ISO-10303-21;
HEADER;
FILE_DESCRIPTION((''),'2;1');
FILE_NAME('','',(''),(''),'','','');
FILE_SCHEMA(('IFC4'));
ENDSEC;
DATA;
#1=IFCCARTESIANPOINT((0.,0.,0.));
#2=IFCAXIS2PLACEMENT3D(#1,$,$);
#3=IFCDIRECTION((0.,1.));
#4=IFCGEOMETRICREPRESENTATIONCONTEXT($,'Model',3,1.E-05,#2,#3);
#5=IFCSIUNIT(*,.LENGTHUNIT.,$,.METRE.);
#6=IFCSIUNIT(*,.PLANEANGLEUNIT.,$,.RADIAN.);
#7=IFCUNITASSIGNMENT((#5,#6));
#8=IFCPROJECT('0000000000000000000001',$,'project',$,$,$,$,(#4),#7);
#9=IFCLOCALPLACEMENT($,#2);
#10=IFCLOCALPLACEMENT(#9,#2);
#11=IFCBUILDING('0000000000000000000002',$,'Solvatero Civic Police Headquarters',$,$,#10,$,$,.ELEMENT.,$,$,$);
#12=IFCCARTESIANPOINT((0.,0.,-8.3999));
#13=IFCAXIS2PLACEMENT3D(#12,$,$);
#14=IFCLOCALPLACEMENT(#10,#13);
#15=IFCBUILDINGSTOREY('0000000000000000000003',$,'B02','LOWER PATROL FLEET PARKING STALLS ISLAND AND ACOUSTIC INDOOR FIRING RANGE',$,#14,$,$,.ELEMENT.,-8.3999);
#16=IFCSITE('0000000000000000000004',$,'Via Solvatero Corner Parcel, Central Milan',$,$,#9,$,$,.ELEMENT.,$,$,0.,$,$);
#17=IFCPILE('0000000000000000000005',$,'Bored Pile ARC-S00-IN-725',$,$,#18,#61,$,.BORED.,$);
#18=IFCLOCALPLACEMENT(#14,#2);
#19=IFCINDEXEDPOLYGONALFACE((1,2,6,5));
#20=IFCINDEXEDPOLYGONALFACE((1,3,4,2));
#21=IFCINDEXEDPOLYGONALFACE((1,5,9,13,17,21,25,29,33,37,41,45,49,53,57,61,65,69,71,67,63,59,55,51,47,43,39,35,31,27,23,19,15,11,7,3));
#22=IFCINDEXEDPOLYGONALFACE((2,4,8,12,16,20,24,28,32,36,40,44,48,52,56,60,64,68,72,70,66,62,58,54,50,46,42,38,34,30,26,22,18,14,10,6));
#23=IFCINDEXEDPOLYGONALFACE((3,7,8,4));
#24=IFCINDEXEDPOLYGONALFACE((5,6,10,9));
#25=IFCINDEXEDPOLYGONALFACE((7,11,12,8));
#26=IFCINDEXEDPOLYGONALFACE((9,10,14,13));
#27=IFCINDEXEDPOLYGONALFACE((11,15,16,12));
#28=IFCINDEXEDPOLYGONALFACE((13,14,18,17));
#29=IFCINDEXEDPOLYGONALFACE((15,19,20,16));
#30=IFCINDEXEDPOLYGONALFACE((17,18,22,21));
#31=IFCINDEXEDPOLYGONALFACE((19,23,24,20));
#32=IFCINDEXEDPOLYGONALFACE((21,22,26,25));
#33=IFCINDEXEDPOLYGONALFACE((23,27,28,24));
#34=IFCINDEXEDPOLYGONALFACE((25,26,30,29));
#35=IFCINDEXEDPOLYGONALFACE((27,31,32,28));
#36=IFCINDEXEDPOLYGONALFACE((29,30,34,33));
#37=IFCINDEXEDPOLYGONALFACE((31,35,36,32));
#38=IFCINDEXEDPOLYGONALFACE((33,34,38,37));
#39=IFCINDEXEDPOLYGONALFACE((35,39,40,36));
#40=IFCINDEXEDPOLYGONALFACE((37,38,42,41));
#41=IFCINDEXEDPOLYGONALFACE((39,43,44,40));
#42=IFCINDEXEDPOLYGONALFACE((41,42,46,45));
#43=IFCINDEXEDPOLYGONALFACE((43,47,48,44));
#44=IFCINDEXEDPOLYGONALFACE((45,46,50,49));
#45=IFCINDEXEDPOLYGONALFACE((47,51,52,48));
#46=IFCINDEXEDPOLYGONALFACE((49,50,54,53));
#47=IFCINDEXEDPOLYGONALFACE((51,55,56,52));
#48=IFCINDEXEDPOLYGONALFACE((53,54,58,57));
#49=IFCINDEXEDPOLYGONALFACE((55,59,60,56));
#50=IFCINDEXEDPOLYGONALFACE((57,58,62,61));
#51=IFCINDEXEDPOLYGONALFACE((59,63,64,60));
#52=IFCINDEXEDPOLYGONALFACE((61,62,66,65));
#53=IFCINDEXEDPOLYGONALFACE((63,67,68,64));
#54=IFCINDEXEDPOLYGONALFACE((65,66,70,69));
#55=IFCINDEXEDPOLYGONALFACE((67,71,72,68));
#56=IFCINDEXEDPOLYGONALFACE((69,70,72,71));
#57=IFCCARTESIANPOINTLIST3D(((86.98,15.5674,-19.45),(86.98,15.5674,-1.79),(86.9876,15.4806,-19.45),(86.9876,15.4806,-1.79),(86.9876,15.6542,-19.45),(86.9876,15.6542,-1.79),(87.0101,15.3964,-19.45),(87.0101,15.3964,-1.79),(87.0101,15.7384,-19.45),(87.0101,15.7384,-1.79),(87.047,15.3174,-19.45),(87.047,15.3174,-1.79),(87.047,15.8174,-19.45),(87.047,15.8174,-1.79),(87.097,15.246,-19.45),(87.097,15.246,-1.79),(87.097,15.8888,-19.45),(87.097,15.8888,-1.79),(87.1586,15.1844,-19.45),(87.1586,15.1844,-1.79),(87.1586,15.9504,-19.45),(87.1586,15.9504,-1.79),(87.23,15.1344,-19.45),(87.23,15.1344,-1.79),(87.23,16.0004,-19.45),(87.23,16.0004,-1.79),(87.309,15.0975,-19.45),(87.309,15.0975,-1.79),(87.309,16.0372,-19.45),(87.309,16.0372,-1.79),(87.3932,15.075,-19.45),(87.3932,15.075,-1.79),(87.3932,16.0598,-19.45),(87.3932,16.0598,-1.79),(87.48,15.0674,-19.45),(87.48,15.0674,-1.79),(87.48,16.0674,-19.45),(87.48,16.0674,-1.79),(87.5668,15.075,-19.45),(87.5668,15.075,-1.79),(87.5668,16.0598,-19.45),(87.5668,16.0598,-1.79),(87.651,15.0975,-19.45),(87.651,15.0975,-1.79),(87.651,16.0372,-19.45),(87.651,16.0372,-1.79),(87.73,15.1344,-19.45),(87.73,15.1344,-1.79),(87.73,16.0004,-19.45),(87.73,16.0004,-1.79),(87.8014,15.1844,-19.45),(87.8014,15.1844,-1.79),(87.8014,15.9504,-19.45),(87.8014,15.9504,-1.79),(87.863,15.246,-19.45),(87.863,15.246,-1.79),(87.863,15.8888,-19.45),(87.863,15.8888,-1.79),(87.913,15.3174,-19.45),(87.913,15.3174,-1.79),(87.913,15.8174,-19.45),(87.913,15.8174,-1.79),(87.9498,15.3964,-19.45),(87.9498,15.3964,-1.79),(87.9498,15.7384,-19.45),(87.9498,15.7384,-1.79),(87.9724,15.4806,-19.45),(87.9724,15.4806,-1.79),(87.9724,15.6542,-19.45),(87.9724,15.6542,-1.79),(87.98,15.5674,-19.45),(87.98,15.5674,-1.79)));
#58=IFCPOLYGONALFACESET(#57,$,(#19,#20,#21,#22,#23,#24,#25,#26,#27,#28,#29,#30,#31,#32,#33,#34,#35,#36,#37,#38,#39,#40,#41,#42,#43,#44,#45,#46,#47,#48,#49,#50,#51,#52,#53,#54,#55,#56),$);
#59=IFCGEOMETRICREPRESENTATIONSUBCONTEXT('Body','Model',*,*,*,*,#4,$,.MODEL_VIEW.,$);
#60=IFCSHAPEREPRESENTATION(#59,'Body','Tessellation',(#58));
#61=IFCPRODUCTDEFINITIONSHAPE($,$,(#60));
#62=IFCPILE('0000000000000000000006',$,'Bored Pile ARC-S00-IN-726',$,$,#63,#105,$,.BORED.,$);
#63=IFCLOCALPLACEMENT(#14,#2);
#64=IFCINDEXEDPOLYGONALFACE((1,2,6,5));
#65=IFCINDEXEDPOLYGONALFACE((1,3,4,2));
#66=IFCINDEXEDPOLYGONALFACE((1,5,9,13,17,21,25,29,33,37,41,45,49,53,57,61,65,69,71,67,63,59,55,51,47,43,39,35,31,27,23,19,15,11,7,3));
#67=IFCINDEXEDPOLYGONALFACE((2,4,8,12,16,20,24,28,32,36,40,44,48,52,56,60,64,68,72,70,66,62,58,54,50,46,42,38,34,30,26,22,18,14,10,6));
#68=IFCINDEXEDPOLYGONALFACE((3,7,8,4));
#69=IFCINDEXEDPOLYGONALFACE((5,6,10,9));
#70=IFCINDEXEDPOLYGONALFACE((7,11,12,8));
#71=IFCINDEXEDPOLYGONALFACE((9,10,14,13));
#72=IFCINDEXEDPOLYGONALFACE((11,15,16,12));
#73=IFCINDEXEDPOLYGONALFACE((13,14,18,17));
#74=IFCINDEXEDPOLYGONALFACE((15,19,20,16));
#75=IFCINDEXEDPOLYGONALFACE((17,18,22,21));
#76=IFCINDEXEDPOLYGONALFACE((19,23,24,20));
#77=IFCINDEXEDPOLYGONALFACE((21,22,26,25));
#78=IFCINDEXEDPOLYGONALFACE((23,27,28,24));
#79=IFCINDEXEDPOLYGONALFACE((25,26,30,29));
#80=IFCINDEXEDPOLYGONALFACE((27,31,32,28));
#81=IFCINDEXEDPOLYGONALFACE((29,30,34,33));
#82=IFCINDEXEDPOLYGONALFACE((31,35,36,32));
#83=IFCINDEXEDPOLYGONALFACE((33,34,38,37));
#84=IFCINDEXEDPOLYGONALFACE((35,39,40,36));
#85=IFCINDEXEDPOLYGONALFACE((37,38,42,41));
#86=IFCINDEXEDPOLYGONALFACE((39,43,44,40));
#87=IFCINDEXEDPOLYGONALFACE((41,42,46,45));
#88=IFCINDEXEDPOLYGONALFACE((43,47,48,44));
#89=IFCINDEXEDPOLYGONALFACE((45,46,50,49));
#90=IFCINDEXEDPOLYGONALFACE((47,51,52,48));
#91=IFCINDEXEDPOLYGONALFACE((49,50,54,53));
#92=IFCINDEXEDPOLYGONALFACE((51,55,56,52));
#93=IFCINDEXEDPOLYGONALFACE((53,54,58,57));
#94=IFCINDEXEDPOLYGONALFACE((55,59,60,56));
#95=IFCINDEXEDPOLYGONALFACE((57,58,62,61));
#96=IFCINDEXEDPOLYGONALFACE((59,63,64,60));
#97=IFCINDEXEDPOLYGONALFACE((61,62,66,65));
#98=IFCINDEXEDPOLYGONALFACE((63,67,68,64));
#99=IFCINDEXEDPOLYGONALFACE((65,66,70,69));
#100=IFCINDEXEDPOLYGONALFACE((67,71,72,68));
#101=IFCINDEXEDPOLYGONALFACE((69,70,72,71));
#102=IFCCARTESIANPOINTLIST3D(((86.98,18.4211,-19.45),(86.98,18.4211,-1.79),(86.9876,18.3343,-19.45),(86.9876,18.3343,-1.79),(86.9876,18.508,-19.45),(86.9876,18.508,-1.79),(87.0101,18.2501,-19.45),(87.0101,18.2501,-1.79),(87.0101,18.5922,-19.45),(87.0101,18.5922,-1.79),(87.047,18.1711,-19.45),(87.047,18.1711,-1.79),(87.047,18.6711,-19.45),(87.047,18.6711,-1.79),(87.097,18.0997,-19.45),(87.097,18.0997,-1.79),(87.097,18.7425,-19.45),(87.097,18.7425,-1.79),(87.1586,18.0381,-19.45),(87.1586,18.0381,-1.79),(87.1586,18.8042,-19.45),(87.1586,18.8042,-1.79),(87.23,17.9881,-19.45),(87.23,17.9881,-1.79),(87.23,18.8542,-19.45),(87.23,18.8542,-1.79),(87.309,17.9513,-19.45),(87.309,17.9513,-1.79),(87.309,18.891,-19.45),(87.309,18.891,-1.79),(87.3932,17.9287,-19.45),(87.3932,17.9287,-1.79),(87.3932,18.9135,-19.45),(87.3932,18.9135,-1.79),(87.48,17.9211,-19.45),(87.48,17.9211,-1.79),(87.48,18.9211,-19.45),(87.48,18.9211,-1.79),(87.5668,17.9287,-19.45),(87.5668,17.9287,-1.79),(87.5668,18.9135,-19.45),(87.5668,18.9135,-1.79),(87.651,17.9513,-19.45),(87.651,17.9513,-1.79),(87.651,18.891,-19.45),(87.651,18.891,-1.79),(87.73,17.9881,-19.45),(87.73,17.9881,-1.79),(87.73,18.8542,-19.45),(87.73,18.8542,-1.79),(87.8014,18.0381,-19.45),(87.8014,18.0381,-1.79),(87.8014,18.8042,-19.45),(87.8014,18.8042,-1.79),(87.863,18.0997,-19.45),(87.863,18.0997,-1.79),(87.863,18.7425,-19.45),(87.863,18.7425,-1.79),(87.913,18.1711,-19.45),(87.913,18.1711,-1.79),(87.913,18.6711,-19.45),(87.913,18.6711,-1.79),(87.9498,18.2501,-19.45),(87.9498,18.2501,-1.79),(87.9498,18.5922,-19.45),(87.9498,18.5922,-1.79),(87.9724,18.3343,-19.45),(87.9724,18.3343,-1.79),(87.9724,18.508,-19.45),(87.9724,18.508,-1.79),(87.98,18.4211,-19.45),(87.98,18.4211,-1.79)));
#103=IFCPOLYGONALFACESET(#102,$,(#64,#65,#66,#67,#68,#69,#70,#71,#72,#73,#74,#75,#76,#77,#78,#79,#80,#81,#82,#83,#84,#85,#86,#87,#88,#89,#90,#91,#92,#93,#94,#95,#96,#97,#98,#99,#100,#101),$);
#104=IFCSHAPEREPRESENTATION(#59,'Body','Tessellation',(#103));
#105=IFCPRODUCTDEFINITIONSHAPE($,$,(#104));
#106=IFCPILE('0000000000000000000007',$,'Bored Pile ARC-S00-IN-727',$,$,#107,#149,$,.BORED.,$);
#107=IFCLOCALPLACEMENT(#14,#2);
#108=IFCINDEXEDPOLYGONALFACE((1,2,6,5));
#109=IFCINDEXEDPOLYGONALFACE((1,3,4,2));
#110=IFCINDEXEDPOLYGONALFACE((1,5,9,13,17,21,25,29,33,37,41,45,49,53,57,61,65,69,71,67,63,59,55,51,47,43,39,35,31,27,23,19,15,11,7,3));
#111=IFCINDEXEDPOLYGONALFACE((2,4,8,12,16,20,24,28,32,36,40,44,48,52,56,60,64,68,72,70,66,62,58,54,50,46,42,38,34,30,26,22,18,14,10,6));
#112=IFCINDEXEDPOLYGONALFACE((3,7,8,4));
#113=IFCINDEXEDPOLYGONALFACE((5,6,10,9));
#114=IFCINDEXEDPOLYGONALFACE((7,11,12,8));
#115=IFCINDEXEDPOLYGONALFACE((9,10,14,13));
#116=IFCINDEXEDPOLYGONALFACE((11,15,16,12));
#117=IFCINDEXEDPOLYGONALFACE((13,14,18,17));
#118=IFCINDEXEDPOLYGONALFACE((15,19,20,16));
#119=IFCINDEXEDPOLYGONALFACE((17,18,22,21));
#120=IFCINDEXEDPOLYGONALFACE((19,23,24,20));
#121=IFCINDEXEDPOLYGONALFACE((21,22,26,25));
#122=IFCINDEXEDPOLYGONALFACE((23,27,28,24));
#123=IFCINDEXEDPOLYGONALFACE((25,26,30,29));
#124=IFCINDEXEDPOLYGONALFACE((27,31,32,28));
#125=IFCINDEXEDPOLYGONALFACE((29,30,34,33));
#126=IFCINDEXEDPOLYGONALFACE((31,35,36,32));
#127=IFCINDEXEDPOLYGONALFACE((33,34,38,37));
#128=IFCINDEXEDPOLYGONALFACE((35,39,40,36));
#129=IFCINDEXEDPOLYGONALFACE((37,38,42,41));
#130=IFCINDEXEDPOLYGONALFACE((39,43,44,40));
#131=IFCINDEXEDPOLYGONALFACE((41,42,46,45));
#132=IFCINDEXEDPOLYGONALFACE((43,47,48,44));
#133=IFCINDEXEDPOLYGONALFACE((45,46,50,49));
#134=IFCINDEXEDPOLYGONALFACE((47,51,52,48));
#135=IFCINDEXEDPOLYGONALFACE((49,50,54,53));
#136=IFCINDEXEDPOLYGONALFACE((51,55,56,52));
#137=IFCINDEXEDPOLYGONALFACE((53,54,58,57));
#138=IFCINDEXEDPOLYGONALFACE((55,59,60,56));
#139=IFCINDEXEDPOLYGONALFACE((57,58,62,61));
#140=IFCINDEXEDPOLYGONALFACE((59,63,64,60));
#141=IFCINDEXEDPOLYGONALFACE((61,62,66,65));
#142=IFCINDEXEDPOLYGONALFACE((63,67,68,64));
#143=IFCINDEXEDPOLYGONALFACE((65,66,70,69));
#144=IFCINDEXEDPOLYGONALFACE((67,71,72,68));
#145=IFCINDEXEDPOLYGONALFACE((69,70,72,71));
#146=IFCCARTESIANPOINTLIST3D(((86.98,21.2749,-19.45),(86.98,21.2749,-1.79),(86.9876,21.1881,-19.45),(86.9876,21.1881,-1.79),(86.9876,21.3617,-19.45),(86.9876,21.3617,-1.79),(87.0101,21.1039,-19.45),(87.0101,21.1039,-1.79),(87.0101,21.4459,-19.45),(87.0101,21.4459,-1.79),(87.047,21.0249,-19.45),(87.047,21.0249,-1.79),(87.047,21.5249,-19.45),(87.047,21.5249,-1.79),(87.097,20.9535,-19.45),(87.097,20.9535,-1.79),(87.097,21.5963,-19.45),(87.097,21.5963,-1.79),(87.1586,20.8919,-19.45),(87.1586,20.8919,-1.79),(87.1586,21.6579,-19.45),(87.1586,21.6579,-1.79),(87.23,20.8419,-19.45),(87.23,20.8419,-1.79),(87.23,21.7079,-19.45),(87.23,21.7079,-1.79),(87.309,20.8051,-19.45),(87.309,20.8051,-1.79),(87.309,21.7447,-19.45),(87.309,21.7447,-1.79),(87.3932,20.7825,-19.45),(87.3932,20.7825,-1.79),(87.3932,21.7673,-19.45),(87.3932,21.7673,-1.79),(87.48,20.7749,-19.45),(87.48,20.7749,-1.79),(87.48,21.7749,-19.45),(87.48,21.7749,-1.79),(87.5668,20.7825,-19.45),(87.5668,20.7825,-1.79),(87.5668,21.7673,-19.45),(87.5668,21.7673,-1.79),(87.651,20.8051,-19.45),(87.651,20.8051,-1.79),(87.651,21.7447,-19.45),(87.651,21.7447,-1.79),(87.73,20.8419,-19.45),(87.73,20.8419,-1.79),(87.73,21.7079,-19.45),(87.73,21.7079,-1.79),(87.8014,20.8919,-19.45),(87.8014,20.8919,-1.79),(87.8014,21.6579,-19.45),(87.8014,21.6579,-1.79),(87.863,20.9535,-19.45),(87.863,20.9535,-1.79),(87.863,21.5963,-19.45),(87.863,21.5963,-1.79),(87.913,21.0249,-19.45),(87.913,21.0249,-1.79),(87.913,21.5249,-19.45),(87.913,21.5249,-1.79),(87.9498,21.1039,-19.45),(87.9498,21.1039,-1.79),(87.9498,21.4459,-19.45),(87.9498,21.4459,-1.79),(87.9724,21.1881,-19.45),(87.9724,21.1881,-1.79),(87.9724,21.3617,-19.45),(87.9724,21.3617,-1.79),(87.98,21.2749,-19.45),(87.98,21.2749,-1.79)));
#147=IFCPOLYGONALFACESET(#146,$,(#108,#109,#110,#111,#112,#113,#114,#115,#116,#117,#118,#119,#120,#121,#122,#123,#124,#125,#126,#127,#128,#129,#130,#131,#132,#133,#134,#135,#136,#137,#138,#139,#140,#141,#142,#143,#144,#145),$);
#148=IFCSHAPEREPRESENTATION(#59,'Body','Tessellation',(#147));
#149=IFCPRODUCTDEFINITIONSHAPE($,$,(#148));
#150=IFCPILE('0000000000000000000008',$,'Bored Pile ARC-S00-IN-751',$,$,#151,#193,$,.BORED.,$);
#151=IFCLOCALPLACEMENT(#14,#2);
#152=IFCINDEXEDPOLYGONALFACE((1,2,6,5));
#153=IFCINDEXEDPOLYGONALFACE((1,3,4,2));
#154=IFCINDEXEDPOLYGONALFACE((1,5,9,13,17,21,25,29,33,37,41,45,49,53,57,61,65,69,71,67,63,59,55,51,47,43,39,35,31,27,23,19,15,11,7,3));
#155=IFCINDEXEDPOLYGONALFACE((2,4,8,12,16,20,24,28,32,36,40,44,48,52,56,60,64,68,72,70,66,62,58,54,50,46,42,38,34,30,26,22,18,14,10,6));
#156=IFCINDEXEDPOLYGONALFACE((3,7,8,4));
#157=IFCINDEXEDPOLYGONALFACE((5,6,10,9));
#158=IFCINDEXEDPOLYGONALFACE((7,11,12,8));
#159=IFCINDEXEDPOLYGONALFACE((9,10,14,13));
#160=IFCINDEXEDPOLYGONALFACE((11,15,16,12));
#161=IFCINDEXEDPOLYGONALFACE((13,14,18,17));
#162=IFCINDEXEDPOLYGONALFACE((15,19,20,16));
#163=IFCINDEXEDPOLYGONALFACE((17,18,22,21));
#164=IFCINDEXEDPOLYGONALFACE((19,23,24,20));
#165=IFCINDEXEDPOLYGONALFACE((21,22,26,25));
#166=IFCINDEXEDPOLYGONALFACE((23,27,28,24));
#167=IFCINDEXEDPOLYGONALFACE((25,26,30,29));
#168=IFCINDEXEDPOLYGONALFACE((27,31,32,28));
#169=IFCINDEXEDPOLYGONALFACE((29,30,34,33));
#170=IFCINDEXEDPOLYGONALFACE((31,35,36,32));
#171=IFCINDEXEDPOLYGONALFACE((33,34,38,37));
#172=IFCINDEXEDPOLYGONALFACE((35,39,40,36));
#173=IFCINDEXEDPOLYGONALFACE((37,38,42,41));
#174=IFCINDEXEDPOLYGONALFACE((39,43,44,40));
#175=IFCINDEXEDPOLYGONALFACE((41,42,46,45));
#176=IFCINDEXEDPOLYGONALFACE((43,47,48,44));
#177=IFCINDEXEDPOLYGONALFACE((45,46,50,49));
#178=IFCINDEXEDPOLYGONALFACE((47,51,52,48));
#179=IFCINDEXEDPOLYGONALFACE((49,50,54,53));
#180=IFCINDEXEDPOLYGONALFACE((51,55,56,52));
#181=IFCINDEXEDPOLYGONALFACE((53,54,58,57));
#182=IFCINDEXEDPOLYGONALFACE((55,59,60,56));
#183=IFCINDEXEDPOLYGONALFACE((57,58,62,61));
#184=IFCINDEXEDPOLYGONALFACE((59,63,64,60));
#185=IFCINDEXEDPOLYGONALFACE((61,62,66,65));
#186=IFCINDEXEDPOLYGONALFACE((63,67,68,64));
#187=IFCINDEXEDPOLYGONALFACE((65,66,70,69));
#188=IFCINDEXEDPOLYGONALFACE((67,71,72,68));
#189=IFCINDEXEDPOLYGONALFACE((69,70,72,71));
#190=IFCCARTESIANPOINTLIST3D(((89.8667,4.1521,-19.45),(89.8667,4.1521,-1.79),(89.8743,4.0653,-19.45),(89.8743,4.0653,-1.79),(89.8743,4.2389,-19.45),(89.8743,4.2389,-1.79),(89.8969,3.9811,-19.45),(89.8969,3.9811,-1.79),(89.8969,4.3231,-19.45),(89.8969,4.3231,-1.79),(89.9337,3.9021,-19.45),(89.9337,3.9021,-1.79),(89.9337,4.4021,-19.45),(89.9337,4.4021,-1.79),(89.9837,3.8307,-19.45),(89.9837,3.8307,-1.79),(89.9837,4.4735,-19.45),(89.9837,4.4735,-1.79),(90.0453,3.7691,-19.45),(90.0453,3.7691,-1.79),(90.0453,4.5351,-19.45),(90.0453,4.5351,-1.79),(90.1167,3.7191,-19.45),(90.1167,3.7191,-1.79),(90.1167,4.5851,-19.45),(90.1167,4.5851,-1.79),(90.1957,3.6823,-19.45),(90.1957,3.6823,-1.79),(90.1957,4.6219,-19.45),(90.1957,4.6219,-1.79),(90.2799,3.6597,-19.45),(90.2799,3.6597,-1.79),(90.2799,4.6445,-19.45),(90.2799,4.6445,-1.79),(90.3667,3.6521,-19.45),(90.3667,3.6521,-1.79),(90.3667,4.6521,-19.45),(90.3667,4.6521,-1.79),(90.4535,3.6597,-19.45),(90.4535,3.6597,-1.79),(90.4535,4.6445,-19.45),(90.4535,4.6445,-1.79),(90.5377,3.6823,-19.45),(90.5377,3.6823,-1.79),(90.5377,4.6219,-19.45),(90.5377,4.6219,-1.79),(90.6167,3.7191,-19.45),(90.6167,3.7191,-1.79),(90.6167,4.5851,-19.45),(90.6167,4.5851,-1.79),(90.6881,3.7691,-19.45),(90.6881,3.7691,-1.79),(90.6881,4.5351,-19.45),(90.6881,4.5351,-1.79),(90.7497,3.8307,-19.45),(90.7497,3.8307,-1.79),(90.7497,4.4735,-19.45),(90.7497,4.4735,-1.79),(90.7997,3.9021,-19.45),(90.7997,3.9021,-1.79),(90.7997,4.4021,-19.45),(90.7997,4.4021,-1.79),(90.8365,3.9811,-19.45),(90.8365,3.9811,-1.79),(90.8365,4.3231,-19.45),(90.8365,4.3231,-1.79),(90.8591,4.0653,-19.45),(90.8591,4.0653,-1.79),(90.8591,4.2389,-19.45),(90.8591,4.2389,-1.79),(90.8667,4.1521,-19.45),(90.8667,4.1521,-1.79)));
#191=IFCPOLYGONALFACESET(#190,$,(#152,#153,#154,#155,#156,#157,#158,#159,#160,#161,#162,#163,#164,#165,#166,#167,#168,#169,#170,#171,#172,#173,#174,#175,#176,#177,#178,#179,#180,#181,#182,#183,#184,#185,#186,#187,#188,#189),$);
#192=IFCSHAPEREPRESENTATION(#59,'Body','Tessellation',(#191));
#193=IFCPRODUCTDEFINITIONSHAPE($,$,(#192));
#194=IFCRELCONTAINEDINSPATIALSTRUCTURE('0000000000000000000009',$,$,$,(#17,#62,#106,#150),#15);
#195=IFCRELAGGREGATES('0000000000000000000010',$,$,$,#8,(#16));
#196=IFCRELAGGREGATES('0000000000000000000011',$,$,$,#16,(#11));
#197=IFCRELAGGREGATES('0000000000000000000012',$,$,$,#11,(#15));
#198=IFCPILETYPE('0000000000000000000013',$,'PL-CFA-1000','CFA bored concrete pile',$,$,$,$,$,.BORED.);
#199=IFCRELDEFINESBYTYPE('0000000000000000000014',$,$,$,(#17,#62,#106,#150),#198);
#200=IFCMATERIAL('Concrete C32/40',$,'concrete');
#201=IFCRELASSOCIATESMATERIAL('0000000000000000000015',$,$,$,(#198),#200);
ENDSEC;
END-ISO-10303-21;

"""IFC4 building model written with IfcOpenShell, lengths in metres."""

from ifc_helpers import new_model, si_unit, direction, frame, origin, origin_2d, place, context, subcontext, project, spatial, circle, extrude, material, material_profile, profile_set, type_object, element, save


model = new_model("IFC4")

# Units and contexts
model_context = context("Model", 3, precision=1e-05, world=origin(), true_north=direction((0.0, 1.0)))
body_context = subcontext(model_context, "Body", "Model", "MODEL_VIEW")
ifc_project = project(units=[si_unit("LENGTHUNIT", "METRE"), si_unit("PLANEANGLEUNIT", "RADIAN")], contexts=[model_context])

# Site, building, storey
site_placement = place(None, origin())
site = spatial("IfcSite", under=ifc_project, at=site_placement, Name="Via Solvatero Corner Parcel, Central Milan", CompositionType="ELEMENT", RefElevation=0.0)
building_placement = place(site_placement, origin())
building = spatial("IfcBuilding", under=site, at=building_placement, Name="Solvatero Civic Police Headquarters", CompositionType="ELEMENT")
storey_placement = place(building_placement, frame((0.0, 0.0, -8.3999)))
storey = spatial("IfcBuildingStorey", under=building, at=storey_placement, Name="B02", Description="LOWER PATROL FLEET PARKING STALLS ISLAND AND ACOUSTIC INDOOR FIRING RANGE", CompositionType="ELEMENT", Elevation=-8.3999)

# Piles
ifc_material_1 = material(Name="Concrete C32/40", Category="concrete")
ifc_material_profile_1 = material_profile(ifc_material_1, circle(Radius=0.5, at=origin_2d()), Name="CFA PILE D1000")
ifc_profile_set_1 = profile_set([ifc_material_profile_1], Name="Concrete C32/40")
pile_type = type_object("IfcPileType", Name="PL-CFA-1000", Description="CFA bored concrete pile", PredefinedType="BORED", material=ifc_profile_set_1)
for number, where, z_axis, x_axis, name in (
    (1, (87.48, 15.5674, -1.79), (0.0, 0.0, -1.0), (1.0, 0.0, 0.0), "Bored Pile ARC-S00-IN-725"),
    (2, (87.48, 18.4211, -1.79), (0.0, 0.0, -1.0), (1.0, 0.0, 0.0), "Bored Pile ARC-S00-IN-726"),
    (3, (87.48, 21.2749, -1.79), (0.0, 0.0, -1.0), (1.0, 0.0, 0.0), "Bored Pile ARC-S00-IN-727"),
    (4, (90.3667, 4.1521, -1.79), (0.0, 0.0, -1.0), (1.0, 0.0, 0.0), "Bored Pile ARC-S00-IN-751"),
):
    element("IfcPile", number, at=place(storey_placement, frame(where, z_axis=z_axis, x_axis=x_axis)), inside=storey, type_object=pile_type, Name=name, PredefinedType="BORED", context=body_context, shape_type="SweptSolid", body=[
        extrude(circle(Radius=0.5, at=origin_2d()), origin(), (0.0, 0.0, 1.0), 17.6599),
    ])

save(model, "model.ifc")
